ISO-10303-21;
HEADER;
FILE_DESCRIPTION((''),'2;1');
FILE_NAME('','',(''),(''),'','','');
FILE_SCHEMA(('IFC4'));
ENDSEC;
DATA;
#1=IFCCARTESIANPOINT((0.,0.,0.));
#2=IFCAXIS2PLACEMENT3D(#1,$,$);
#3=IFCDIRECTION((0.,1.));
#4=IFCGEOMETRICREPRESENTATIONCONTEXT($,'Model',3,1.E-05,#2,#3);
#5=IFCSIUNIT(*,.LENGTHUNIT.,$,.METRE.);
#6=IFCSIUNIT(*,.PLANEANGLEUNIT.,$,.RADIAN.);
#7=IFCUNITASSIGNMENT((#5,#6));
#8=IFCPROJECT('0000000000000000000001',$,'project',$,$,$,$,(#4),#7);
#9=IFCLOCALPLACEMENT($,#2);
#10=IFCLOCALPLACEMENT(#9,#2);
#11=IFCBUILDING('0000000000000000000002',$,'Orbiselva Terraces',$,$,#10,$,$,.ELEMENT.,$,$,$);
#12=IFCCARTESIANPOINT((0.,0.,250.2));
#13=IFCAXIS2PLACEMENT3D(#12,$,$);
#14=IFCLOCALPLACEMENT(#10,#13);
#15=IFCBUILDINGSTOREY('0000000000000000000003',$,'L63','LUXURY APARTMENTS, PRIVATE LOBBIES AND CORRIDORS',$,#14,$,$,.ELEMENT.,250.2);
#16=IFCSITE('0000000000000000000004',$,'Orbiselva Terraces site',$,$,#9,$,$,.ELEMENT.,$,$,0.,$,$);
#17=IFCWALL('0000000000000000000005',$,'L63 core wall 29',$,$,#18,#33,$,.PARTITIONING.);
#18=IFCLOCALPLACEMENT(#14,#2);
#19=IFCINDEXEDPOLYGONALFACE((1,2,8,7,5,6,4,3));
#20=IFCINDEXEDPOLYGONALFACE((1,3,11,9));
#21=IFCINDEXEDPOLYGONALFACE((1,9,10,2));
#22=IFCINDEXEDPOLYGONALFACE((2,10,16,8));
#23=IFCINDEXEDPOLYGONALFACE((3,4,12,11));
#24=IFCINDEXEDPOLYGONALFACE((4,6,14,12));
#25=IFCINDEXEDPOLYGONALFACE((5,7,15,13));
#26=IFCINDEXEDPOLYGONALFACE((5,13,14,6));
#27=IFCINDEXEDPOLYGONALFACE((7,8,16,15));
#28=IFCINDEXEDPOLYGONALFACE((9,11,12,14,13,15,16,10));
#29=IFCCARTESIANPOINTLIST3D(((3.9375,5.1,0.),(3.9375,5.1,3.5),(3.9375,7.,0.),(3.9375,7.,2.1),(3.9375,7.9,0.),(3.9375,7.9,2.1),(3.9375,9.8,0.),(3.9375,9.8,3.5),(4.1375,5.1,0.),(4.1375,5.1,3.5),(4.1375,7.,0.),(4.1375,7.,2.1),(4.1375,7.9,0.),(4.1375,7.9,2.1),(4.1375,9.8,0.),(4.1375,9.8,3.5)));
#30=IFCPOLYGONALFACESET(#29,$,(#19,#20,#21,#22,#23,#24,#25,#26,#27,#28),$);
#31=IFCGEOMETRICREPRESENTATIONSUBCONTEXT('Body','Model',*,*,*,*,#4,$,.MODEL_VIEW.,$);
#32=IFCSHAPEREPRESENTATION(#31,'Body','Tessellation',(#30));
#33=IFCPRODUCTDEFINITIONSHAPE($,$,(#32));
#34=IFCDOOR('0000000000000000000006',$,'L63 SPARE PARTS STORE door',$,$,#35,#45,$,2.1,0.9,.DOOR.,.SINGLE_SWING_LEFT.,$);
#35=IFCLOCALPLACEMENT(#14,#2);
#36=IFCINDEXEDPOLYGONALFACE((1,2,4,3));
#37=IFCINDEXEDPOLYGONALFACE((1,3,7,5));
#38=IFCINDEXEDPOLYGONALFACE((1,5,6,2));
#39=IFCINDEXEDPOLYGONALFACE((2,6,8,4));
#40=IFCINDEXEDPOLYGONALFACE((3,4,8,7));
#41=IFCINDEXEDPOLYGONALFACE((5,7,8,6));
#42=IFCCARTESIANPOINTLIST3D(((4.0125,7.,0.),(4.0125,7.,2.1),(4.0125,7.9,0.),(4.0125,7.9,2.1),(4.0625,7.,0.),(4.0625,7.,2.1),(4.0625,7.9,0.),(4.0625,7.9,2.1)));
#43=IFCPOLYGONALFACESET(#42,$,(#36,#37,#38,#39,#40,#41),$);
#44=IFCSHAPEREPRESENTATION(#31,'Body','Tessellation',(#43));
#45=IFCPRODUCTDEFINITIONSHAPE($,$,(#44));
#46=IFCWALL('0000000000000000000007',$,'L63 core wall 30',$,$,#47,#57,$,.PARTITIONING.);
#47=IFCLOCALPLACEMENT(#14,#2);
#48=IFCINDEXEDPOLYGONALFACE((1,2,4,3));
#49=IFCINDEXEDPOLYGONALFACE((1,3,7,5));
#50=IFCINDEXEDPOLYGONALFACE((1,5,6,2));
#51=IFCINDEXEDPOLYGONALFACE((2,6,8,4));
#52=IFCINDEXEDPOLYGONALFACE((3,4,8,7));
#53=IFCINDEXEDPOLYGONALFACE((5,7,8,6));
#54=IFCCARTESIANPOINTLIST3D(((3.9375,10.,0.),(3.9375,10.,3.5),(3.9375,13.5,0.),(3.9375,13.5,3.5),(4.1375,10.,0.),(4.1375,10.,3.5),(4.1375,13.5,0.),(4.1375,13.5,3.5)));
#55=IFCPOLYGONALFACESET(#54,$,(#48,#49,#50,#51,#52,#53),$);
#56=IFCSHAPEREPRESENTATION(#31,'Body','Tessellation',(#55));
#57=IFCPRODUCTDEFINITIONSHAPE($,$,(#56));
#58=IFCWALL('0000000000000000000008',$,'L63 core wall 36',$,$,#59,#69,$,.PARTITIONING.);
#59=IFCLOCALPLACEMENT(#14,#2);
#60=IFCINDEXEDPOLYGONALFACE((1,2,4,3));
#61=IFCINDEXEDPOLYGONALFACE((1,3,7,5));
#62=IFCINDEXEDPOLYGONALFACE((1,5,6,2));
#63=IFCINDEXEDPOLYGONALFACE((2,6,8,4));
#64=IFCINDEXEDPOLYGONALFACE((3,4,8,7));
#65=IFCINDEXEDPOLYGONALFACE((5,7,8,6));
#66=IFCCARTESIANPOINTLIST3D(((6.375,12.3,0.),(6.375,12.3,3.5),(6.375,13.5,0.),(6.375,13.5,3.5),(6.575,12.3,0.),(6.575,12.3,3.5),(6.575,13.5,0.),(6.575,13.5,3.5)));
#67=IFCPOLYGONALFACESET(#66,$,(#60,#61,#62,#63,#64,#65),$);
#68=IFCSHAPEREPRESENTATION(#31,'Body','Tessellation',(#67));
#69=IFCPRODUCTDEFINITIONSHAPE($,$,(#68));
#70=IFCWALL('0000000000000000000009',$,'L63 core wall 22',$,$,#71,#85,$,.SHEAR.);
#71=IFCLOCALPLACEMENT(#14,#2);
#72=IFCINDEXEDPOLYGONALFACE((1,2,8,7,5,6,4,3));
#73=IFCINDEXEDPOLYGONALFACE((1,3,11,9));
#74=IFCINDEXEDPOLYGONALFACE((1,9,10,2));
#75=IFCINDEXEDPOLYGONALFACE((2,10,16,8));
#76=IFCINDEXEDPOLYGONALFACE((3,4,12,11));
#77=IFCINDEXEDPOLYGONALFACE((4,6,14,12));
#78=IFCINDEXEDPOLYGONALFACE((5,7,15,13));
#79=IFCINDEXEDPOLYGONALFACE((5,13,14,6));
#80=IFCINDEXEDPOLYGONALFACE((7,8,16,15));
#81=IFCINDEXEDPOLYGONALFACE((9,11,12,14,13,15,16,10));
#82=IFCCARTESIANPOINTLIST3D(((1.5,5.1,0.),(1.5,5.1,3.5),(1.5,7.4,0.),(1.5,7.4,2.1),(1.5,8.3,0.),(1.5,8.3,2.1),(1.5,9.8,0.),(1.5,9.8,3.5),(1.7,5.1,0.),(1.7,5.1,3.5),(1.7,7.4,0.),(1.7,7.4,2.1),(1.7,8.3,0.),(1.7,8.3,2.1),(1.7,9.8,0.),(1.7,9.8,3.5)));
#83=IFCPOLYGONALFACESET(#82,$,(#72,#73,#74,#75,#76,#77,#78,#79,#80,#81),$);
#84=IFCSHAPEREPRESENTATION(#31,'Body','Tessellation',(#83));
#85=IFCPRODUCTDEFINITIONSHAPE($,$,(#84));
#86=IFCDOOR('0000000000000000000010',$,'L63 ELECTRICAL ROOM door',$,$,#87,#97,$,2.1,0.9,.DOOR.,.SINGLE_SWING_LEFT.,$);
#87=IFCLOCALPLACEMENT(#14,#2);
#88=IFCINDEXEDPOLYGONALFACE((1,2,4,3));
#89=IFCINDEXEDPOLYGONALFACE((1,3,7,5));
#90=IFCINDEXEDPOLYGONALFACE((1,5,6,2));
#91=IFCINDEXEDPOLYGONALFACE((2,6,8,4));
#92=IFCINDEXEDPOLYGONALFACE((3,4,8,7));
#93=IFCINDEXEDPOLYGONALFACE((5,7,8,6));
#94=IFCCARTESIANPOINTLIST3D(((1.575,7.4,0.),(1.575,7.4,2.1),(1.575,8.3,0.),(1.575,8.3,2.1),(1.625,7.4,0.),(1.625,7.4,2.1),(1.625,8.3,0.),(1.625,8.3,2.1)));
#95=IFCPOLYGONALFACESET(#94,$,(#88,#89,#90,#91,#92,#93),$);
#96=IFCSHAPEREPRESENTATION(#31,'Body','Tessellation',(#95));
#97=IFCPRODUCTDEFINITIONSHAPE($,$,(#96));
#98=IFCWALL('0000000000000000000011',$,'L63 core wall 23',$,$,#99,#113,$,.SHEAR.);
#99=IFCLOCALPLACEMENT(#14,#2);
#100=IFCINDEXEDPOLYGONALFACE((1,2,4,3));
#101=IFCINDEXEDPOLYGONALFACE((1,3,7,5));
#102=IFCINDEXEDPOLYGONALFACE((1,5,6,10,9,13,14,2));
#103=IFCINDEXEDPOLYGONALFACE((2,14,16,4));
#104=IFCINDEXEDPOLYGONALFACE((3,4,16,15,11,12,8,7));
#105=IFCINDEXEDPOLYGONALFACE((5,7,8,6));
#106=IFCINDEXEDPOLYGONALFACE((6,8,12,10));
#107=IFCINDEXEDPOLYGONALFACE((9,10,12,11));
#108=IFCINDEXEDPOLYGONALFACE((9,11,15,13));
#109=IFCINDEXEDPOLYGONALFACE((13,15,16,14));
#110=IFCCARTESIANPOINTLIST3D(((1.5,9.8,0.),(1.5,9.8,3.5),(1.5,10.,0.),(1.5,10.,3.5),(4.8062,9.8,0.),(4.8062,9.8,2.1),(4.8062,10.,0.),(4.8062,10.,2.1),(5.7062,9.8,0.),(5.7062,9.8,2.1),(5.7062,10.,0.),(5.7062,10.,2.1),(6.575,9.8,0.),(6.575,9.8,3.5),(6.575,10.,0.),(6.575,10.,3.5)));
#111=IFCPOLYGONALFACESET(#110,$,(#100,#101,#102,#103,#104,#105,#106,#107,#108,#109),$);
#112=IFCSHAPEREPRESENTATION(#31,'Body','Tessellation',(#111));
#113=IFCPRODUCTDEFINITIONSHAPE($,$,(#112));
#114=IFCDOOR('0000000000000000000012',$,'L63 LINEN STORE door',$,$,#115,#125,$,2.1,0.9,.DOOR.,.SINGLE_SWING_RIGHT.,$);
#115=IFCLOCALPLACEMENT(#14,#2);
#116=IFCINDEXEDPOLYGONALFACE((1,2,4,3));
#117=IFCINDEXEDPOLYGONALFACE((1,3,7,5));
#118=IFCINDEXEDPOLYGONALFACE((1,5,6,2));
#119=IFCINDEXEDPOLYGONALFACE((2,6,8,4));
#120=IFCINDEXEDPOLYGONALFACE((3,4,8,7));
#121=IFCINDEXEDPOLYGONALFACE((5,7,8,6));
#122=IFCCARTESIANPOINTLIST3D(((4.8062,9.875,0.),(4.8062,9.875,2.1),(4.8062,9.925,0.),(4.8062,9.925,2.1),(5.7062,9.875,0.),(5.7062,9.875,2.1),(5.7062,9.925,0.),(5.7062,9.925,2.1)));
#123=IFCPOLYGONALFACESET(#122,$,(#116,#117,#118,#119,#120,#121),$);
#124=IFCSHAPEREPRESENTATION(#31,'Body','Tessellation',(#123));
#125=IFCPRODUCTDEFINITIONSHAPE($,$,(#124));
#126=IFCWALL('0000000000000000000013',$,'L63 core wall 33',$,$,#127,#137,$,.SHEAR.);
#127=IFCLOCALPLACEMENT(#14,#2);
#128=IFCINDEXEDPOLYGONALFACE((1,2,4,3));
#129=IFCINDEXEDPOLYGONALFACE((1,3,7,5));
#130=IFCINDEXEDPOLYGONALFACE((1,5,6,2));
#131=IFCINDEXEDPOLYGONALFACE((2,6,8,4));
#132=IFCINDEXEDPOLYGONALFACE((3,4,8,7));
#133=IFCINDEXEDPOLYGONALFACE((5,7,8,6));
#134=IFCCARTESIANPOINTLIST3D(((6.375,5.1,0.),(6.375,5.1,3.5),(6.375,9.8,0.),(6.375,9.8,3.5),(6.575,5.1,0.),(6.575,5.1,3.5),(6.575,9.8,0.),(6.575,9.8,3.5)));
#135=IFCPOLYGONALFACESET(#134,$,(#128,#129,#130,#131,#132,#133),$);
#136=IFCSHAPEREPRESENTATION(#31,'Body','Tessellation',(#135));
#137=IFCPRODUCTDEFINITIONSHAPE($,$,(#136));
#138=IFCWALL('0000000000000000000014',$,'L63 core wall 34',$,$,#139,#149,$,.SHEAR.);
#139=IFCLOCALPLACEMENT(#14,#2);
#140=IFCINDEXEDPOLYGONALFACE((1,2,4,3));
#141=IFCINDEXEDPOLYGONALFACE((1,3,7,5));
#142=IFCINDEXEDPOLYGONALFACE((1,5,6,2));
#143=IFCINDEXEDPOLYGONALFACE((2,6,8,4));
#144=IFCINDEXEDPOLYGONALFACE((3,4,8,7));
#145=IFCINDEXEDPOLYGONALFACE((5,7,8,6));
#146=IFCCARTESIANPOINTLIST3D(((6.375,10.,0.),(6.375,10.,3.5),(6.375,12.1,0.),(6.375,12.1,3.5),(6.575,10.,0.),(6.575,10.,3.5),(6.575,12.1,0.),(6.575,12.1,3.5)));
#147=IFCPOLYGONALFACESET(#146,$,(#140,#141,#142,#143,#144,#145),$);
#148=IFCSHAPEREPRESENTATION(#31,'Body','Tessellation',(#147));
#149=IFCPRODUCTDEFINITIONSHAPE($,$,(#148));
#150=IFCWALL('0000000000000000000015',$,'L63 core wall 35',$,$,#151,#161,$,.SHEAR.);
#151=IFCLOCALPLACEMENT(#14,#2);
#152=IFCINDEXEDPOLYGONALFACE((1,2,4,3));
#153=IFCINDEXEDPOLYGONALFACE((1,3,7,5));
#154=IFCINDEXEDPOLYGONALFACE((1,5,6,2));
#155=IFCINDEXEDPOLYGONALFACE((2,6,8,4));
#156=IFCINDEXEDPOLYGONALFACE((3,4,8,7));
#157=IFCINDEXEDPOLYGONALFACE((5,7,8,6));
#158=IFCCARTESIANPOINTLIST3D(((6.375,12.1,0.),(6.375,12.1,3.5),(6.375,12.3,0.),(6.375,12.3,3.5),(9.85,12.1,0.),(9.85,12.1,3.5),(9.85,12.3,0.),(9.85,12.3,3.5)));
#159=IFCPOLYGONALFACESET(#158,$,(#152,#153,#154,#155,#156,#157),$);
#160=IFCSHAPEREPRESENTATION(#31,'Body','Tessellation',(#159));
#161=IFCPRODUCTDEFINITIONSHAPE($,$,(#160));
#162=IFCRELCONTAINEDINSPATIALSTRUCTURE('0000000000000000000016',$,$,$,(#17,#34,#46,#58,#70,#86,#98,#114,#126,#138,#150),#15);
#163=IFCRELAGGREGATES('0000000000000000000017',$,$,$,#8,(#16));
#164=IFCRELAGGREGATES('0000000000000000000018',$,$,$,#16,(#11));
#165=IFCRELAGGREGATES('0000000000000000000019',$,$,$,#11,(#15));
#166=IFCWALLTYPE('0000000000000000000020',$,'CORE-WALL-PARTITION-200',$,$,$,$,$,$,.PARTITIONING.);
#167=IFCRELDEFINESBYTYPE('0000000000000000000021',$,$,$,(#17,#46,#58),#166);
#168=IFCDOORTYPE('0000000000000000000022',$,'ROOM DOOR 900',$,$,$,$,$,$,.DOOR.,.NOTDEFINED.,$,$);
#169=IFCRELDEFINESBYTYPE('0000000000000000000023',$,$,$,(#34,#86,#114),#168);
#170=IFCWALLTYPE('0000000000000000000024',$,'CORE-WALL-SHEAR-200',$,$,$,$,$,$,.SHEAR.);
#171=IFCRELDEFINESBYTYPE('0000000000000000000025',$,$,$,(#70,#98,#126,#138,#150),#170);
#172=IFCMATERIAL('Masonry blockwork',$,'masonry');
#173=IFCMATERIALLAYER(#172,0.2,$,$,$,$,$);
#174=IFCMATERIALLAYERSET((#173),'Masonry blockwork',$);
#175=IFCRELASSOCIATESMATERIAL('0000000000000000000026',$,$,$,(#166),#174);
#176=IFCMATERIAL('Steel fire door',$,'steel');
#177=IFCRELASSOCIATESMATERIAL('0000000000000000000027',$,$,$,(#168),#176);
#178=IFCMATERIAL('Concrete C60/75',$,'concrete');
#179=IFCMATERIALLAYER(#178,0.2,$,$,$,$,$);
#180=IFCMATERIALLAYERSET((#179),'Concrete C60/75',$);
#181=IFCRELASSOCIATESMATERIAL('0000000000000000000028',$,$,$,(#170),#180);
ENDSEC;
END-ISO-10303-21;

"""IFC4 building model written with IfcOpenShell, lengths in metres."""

from ifc_helpers import new_model, si_unit, direction, frame, frame_2d, origin, place, context, subcontext, project, spatial, rectangle, extrude, material, layer, layer_set, type_object, element, fill, save


model = new_model("IFC4")

# Units and contexts
model_context = context("Model", 3, precision=1e-05, world=origin(), true_north=direction((0.0, 1.0)))
body_context = subcontext(model_context, "Body", "Model", "MODEL_VIEW")
ifc_project = project(units=[si_unit("LENGTHUNIT", "METRE"), si_unit("PLANEANGLEUNIT", "RADIAN")], contexts=[model_context])

# Site, building, storey
site_placement = place(None, origin())
site = spatial("IfcSite", under=ifc_project, at=site_placement, Name="Orbiselva Terraces site", CompositionType="ELEMENT", RefElevation=0.0)
building_placement = place(site_placement, origin())
building = spatial("IfcBuilding", under=site, at=building_placement, Name="Orbiselva Terraces", CompositionType="ELEMENT")
storey_placement = place(building_placement, frame((0.0, 0.0, 250.2)))
storey = spatial("IfcBuildingStorey", under=building, at=storey_placement, Name="L63", Description="LUXURY APARTMENTS, PRIVATE LOBBIES AND CORRIDORS", CompositionType="ELEMENT", Elevation=250.2)

# Wall, opening, door
ifc_material_1 = material(Name="Masonry blockwork", Category="masonry")
ifc_layer_1 = layer(ifc_material_1, 0.2)
ifc_layer_set_1 = layer_set([ifc_layer_1], Name="Masonry blockwork")
wall_type_1 = type_object("IfcWallType", Name="CORE-WALL-PARTITION-200", PredefinedType="PARTITIONING", material=ifc_layer_set_1)
wall_1_placement = place(storey_placement, frame((4.0375, 9.8, 0.0), z_axis=(0.0, 0.0, 1.0), x_axis=(0.0, -1.0, 0.0)))
wall_1 = element("IfcWall", 1, at=wall_1_placement, inside=storey, type_object=wall_type_1, Name="L63 core wall 29", PredefinedType="PARTITIONING", context=body_context, shape_type="SweptSolid", body=[
    extrude(rectangle(XDim=4.7, YDim=0.2, at=frame_2d((2.35, 0.0))), origin(), (0.0, 0.0, 1.0), 3.5),
])
opening_1_placement = place(wall_1_placement, frame((1.9, 0.0, 0.0)))
opening_1 = element("IfcOpeningElement", 2, at=opening_1_placement, cuts=wall_1, PredefinedType="OPENING", context=body_context, shape_type="SweptSolid", body=[
    extrude(rectangle(XDim=0.9, YDim=2.1, at=frame_2d((0.45, 1.05))), frame((0.0, 0.11, 0.0), z_axis=(0.0, -1.0, 0.0), x_axis=(1.0, 0.0, 0.0)), (0.0, 0.0, 1.0), 0.22),
])
ifc_material_2 = material(Name="Steel fire door", Category="steel")
door_type_1 = type_object("IfcDoorType", Name="ROOM DOOR 900", OperationType="NOTDEFINED", PredefinedType="DOOR", material=ifc_material_2)
door_1_placement = place(opening_1_placement, origin())
door_1 = element("IfcDoor", 3, at=door_1_placement, inside=storey, type_object=door_type_1, Name="L63 SPARE PARTS STORE door", OperationType="SINGLE_SWING_LEFT", OverallHeight=2.1, OverallWidth=0.9, PredefinedType="DOOR", context=body_context, shape_type="SweptSolid", body=[
    extrude(rectangle(XDim=0.9, YDim=2.1, at=frame_2d((0.45, 1.05))), frame((0.0, 0.025, 0.0), z_axis=(0.0, -1.0, 0.0), x_axis=(1.0, 0.0, 0.0)), (0.0, 0.0, 1.0), 0.05),
])
fill(opening_1, door_1)

# Walls
wall_2_placement = place(storey_placement, frame((4.0375, 10.0, 0.0), z_axis=(0.0, 0.0, 1.0), x_axis=(0.0, 1.0, 0.0)))
element("IfcWall", 4, at=wall_2_placement, inside=storey, type_object=wall_type_1, Name="L63 core wall 30", PredefinedType="PARTITIONING", context=body_context, shape_type="SweptSolid", body=[
    extrude(rectangle(XDim=3.5, YDim=0.2, at=frame_2d((1.75, 0.0))), origin(), (0.0, 0.0, 1.0), 3.5),
])
wall_3_placement = place(storey_placement, frame((6.475, 12.3, 0.0), z_axis=(0.0, 0.0, 1.0), x_axis=(0.0, 1.0, 0.0)))
element("IfcWall", 5, at=wall_3_placement, inside=storey, type_object=wall_type_1, Name="L63 core wall 36", PredefinedType="PARTITIONING", context=body_context, shape_type="SweptSolid", body=[
    extrude(rectangle(XDim=1.2, YDim=0.2, at=frame_2d((0.6, 0.0))), origin(), (0.0, 0.0, 1.0), 3.5),
])

# Walls, openings, doors
ifc_material_3 = material(Name="Concrete C60/75", Category="concrete")
ifc_layer_2 = layer(ifc_material_3, 0.2)
ifc_layer_set_2 = layer_set([ifc_layer_2], Name="Concrete C60/75")
wall_type_2 = type_object("IfcWallType", Name="CORE-WALL-SHEAR-200", PredefinedType="SHEAR", material=ifc_layer_set_2)
wall_4_placement = place(storey_placement, frame((1.6, 9.8, 0.0), z_axis=(0.0, 0.0, 1.0), x_axis=(0.0, -1.0, 0.0)))
wall_4 = element("IfcWall", 6, at=wall_4_placement, inside=storey, type_object=wall_type_2, Name="L63 core wall 22", PredefinedType="SHEAR", context=body_context, shape_type="SweptSolid", body=[
    extrude(rectangle(XDim=4.7, YDim=0.2, at=frame_2d((2.35, 0.0))), origin(), (0.0, 0.0, 1.0), 3.5),
])
opening_2_placement = place(wall_4_placement, frame((1.5, 0.0, 0.0)))
opening_2 = element("IfcOpeningElement", 7, at=opening_2_placement, cuts=wall_4, PredefinedType="OPENING", context=body_context, shape_type="SweptSolid", body=[
    extrude(rectangle(XDim=0.9, YDim=2.1, at=frame_2d((0.45, 1.05))), frame((0.0, 0.11, 0.0), z_axis=(0.0, -1.0, 0.0), x_axis=(1.0, 0.0, 0.0)), (0.0, 0.0, 1.0), 0.22),
])
door_2_placement = place(opening_2_placement, origin())
door_2 = element("IfcDoor", 8, at=door_2_placement, inside=storey, type_object=door_type_1, Name="L63 ELECTRICAL ROOM door", OperationType="SINGLE_SWING_LEFT", OverallHeight=2.1, OverallWidth=0.9, PredefinedType="DOOR", context=body_context, shape_type="SweptSolid", body=[
    extrude(rectangle(XDim=0.9, YDim=2.1, at=frame_2d((0.45, 1.05))), frame((0.0, 0.025, 0.0), z_axis=(0.0, -1.0, 0.0), x_axis=(1.0, 0.0, 0.0)), (0.0, 0.0, 1.0), 0.05),
])
fill(opening_2, door_2)
wall_5_placement = place(storey_placement, frame((1.5, 9.9, 0.0), z_axis=(0.0, 0.0, 1.0), x_axis=(1.0, 0.0, 0.0)))
wall_5 = element("IfcWall", 9, at=wall_5_placement, inside=storey, type_object=wall_type_2, Name="L63 core wall 23", PredefinedType="SHEAR", context=body_context, shape_type="SweptSolid", body=[
    extrude(rectangle(XDim=5.075, YDim=0.2, at=frame_2d((2.5375, 0.0))), origin(), (0.0, 0.0, 1.0), 3.5),
])
opening_3_placement = place(wall_5_placement, frame((3.3062, 0.0, 0.0)))
opening_3 = element("IfcOpeningElement", 10, at=opening_3_placement, cuts=wall_5, PredefinedType="OPENING", context=body_context, shape_type="SweptSolid", body=[
    extrude(rectangle(XDim=0.9, YDim=2.1, at=frame_2d((0.45, 1.05))), frame((0.0, 0.11, 0.0), z_axis=(0.0, -1.0, 0.0), x_axis=(1.0, 0.0, 0.0)), (0.0, 0.0, 1.0), 0.22),
])
door_3_placement = place(opening_3_placement, origin())
door_3 = element("IfcDoor", 11, at=door_3_placement, inside=storey, type_object=door_type_1, Name="L63 LINEN STORE door", OperationType="SINGLE_SWING_RIGHT", OverallHeight=2.1, OverallWidth=0.9, PredefinedType="DOOR", context=body_context, shape_type="SweptSolid", body=[
    extrude(rectangle(XDim=0.9, YDim=2.1, at=frame_2d((0.45, 1.05))), frame((0.0, 0.025, 0.0), z_axis=(0.0, -1.0, 0.0), x_axis=(1.0, 0.0, 0.0)), (0.0, 0.0, 1.0), 0.05),
])
fill(opening_3, door_3)

# Walls
wall_6_placement = place(storey_placement, frame((6.475, 5.1, 0.0), z_axis=(0.0, 0.0, 1.0), x_axis=(0.0, 1.0, 0.0)))
element("IfcWall", 12, at=wall_6_placement, inside=storey, type_object=wall_type_2, Name="L63 core wall 33", PredefinedType="SHEAR", context=body_context, shape_type="SweptSolid", body=[
    extrude(rectangle(XDim=4.7, YDim=0.2, at=frame_2d((2.35, 0.0))), origin(), (0.0, 0.0, 1.0), 3.5),
])
wall_7_placement = place(storey_placement, frame((6.475, 10.0, 0.0), z_axis=(0.0, 0.0, 1.0), x_axis=(0.0, 1.0, 0.0)))
element("IfcWall", 13, at=wall_7_placement, inside=storey, type_object=wall_type_2, Name="L63 core wall 34", PredefinedType="SHEAR", context=body_context, shape_type="SweptSolid", body=[
    extrude(rectangle(XDim=2.1, YDim=0.2, at=frame_2d((1.05, 0.0))), origin(), (0.0, 0.0, 1.0), 3.5),
])
wall_8_placement = place(storey_placement, frame((6.375, 12.2, 0.0), z_axis=(0.0, 0.0, 1.0), x_axis=(1.0, 0.0, 0.0)))
element("IfcWall", 14, at=wall_8_placement, inside=storey, type_object=wall_type_2, Name="L63 core wall 35", PredefinedType="SHEAR", context=body_context, shape_type="SweptSolid", body=[
    extrude(rectangle(XDim=3.475, YDim=0.2, at=frame_2d((1.7375, 0.0))), origin(), (0.0, 0.0, 1.0), 3.5),
])

save(model, "model.ifc")
